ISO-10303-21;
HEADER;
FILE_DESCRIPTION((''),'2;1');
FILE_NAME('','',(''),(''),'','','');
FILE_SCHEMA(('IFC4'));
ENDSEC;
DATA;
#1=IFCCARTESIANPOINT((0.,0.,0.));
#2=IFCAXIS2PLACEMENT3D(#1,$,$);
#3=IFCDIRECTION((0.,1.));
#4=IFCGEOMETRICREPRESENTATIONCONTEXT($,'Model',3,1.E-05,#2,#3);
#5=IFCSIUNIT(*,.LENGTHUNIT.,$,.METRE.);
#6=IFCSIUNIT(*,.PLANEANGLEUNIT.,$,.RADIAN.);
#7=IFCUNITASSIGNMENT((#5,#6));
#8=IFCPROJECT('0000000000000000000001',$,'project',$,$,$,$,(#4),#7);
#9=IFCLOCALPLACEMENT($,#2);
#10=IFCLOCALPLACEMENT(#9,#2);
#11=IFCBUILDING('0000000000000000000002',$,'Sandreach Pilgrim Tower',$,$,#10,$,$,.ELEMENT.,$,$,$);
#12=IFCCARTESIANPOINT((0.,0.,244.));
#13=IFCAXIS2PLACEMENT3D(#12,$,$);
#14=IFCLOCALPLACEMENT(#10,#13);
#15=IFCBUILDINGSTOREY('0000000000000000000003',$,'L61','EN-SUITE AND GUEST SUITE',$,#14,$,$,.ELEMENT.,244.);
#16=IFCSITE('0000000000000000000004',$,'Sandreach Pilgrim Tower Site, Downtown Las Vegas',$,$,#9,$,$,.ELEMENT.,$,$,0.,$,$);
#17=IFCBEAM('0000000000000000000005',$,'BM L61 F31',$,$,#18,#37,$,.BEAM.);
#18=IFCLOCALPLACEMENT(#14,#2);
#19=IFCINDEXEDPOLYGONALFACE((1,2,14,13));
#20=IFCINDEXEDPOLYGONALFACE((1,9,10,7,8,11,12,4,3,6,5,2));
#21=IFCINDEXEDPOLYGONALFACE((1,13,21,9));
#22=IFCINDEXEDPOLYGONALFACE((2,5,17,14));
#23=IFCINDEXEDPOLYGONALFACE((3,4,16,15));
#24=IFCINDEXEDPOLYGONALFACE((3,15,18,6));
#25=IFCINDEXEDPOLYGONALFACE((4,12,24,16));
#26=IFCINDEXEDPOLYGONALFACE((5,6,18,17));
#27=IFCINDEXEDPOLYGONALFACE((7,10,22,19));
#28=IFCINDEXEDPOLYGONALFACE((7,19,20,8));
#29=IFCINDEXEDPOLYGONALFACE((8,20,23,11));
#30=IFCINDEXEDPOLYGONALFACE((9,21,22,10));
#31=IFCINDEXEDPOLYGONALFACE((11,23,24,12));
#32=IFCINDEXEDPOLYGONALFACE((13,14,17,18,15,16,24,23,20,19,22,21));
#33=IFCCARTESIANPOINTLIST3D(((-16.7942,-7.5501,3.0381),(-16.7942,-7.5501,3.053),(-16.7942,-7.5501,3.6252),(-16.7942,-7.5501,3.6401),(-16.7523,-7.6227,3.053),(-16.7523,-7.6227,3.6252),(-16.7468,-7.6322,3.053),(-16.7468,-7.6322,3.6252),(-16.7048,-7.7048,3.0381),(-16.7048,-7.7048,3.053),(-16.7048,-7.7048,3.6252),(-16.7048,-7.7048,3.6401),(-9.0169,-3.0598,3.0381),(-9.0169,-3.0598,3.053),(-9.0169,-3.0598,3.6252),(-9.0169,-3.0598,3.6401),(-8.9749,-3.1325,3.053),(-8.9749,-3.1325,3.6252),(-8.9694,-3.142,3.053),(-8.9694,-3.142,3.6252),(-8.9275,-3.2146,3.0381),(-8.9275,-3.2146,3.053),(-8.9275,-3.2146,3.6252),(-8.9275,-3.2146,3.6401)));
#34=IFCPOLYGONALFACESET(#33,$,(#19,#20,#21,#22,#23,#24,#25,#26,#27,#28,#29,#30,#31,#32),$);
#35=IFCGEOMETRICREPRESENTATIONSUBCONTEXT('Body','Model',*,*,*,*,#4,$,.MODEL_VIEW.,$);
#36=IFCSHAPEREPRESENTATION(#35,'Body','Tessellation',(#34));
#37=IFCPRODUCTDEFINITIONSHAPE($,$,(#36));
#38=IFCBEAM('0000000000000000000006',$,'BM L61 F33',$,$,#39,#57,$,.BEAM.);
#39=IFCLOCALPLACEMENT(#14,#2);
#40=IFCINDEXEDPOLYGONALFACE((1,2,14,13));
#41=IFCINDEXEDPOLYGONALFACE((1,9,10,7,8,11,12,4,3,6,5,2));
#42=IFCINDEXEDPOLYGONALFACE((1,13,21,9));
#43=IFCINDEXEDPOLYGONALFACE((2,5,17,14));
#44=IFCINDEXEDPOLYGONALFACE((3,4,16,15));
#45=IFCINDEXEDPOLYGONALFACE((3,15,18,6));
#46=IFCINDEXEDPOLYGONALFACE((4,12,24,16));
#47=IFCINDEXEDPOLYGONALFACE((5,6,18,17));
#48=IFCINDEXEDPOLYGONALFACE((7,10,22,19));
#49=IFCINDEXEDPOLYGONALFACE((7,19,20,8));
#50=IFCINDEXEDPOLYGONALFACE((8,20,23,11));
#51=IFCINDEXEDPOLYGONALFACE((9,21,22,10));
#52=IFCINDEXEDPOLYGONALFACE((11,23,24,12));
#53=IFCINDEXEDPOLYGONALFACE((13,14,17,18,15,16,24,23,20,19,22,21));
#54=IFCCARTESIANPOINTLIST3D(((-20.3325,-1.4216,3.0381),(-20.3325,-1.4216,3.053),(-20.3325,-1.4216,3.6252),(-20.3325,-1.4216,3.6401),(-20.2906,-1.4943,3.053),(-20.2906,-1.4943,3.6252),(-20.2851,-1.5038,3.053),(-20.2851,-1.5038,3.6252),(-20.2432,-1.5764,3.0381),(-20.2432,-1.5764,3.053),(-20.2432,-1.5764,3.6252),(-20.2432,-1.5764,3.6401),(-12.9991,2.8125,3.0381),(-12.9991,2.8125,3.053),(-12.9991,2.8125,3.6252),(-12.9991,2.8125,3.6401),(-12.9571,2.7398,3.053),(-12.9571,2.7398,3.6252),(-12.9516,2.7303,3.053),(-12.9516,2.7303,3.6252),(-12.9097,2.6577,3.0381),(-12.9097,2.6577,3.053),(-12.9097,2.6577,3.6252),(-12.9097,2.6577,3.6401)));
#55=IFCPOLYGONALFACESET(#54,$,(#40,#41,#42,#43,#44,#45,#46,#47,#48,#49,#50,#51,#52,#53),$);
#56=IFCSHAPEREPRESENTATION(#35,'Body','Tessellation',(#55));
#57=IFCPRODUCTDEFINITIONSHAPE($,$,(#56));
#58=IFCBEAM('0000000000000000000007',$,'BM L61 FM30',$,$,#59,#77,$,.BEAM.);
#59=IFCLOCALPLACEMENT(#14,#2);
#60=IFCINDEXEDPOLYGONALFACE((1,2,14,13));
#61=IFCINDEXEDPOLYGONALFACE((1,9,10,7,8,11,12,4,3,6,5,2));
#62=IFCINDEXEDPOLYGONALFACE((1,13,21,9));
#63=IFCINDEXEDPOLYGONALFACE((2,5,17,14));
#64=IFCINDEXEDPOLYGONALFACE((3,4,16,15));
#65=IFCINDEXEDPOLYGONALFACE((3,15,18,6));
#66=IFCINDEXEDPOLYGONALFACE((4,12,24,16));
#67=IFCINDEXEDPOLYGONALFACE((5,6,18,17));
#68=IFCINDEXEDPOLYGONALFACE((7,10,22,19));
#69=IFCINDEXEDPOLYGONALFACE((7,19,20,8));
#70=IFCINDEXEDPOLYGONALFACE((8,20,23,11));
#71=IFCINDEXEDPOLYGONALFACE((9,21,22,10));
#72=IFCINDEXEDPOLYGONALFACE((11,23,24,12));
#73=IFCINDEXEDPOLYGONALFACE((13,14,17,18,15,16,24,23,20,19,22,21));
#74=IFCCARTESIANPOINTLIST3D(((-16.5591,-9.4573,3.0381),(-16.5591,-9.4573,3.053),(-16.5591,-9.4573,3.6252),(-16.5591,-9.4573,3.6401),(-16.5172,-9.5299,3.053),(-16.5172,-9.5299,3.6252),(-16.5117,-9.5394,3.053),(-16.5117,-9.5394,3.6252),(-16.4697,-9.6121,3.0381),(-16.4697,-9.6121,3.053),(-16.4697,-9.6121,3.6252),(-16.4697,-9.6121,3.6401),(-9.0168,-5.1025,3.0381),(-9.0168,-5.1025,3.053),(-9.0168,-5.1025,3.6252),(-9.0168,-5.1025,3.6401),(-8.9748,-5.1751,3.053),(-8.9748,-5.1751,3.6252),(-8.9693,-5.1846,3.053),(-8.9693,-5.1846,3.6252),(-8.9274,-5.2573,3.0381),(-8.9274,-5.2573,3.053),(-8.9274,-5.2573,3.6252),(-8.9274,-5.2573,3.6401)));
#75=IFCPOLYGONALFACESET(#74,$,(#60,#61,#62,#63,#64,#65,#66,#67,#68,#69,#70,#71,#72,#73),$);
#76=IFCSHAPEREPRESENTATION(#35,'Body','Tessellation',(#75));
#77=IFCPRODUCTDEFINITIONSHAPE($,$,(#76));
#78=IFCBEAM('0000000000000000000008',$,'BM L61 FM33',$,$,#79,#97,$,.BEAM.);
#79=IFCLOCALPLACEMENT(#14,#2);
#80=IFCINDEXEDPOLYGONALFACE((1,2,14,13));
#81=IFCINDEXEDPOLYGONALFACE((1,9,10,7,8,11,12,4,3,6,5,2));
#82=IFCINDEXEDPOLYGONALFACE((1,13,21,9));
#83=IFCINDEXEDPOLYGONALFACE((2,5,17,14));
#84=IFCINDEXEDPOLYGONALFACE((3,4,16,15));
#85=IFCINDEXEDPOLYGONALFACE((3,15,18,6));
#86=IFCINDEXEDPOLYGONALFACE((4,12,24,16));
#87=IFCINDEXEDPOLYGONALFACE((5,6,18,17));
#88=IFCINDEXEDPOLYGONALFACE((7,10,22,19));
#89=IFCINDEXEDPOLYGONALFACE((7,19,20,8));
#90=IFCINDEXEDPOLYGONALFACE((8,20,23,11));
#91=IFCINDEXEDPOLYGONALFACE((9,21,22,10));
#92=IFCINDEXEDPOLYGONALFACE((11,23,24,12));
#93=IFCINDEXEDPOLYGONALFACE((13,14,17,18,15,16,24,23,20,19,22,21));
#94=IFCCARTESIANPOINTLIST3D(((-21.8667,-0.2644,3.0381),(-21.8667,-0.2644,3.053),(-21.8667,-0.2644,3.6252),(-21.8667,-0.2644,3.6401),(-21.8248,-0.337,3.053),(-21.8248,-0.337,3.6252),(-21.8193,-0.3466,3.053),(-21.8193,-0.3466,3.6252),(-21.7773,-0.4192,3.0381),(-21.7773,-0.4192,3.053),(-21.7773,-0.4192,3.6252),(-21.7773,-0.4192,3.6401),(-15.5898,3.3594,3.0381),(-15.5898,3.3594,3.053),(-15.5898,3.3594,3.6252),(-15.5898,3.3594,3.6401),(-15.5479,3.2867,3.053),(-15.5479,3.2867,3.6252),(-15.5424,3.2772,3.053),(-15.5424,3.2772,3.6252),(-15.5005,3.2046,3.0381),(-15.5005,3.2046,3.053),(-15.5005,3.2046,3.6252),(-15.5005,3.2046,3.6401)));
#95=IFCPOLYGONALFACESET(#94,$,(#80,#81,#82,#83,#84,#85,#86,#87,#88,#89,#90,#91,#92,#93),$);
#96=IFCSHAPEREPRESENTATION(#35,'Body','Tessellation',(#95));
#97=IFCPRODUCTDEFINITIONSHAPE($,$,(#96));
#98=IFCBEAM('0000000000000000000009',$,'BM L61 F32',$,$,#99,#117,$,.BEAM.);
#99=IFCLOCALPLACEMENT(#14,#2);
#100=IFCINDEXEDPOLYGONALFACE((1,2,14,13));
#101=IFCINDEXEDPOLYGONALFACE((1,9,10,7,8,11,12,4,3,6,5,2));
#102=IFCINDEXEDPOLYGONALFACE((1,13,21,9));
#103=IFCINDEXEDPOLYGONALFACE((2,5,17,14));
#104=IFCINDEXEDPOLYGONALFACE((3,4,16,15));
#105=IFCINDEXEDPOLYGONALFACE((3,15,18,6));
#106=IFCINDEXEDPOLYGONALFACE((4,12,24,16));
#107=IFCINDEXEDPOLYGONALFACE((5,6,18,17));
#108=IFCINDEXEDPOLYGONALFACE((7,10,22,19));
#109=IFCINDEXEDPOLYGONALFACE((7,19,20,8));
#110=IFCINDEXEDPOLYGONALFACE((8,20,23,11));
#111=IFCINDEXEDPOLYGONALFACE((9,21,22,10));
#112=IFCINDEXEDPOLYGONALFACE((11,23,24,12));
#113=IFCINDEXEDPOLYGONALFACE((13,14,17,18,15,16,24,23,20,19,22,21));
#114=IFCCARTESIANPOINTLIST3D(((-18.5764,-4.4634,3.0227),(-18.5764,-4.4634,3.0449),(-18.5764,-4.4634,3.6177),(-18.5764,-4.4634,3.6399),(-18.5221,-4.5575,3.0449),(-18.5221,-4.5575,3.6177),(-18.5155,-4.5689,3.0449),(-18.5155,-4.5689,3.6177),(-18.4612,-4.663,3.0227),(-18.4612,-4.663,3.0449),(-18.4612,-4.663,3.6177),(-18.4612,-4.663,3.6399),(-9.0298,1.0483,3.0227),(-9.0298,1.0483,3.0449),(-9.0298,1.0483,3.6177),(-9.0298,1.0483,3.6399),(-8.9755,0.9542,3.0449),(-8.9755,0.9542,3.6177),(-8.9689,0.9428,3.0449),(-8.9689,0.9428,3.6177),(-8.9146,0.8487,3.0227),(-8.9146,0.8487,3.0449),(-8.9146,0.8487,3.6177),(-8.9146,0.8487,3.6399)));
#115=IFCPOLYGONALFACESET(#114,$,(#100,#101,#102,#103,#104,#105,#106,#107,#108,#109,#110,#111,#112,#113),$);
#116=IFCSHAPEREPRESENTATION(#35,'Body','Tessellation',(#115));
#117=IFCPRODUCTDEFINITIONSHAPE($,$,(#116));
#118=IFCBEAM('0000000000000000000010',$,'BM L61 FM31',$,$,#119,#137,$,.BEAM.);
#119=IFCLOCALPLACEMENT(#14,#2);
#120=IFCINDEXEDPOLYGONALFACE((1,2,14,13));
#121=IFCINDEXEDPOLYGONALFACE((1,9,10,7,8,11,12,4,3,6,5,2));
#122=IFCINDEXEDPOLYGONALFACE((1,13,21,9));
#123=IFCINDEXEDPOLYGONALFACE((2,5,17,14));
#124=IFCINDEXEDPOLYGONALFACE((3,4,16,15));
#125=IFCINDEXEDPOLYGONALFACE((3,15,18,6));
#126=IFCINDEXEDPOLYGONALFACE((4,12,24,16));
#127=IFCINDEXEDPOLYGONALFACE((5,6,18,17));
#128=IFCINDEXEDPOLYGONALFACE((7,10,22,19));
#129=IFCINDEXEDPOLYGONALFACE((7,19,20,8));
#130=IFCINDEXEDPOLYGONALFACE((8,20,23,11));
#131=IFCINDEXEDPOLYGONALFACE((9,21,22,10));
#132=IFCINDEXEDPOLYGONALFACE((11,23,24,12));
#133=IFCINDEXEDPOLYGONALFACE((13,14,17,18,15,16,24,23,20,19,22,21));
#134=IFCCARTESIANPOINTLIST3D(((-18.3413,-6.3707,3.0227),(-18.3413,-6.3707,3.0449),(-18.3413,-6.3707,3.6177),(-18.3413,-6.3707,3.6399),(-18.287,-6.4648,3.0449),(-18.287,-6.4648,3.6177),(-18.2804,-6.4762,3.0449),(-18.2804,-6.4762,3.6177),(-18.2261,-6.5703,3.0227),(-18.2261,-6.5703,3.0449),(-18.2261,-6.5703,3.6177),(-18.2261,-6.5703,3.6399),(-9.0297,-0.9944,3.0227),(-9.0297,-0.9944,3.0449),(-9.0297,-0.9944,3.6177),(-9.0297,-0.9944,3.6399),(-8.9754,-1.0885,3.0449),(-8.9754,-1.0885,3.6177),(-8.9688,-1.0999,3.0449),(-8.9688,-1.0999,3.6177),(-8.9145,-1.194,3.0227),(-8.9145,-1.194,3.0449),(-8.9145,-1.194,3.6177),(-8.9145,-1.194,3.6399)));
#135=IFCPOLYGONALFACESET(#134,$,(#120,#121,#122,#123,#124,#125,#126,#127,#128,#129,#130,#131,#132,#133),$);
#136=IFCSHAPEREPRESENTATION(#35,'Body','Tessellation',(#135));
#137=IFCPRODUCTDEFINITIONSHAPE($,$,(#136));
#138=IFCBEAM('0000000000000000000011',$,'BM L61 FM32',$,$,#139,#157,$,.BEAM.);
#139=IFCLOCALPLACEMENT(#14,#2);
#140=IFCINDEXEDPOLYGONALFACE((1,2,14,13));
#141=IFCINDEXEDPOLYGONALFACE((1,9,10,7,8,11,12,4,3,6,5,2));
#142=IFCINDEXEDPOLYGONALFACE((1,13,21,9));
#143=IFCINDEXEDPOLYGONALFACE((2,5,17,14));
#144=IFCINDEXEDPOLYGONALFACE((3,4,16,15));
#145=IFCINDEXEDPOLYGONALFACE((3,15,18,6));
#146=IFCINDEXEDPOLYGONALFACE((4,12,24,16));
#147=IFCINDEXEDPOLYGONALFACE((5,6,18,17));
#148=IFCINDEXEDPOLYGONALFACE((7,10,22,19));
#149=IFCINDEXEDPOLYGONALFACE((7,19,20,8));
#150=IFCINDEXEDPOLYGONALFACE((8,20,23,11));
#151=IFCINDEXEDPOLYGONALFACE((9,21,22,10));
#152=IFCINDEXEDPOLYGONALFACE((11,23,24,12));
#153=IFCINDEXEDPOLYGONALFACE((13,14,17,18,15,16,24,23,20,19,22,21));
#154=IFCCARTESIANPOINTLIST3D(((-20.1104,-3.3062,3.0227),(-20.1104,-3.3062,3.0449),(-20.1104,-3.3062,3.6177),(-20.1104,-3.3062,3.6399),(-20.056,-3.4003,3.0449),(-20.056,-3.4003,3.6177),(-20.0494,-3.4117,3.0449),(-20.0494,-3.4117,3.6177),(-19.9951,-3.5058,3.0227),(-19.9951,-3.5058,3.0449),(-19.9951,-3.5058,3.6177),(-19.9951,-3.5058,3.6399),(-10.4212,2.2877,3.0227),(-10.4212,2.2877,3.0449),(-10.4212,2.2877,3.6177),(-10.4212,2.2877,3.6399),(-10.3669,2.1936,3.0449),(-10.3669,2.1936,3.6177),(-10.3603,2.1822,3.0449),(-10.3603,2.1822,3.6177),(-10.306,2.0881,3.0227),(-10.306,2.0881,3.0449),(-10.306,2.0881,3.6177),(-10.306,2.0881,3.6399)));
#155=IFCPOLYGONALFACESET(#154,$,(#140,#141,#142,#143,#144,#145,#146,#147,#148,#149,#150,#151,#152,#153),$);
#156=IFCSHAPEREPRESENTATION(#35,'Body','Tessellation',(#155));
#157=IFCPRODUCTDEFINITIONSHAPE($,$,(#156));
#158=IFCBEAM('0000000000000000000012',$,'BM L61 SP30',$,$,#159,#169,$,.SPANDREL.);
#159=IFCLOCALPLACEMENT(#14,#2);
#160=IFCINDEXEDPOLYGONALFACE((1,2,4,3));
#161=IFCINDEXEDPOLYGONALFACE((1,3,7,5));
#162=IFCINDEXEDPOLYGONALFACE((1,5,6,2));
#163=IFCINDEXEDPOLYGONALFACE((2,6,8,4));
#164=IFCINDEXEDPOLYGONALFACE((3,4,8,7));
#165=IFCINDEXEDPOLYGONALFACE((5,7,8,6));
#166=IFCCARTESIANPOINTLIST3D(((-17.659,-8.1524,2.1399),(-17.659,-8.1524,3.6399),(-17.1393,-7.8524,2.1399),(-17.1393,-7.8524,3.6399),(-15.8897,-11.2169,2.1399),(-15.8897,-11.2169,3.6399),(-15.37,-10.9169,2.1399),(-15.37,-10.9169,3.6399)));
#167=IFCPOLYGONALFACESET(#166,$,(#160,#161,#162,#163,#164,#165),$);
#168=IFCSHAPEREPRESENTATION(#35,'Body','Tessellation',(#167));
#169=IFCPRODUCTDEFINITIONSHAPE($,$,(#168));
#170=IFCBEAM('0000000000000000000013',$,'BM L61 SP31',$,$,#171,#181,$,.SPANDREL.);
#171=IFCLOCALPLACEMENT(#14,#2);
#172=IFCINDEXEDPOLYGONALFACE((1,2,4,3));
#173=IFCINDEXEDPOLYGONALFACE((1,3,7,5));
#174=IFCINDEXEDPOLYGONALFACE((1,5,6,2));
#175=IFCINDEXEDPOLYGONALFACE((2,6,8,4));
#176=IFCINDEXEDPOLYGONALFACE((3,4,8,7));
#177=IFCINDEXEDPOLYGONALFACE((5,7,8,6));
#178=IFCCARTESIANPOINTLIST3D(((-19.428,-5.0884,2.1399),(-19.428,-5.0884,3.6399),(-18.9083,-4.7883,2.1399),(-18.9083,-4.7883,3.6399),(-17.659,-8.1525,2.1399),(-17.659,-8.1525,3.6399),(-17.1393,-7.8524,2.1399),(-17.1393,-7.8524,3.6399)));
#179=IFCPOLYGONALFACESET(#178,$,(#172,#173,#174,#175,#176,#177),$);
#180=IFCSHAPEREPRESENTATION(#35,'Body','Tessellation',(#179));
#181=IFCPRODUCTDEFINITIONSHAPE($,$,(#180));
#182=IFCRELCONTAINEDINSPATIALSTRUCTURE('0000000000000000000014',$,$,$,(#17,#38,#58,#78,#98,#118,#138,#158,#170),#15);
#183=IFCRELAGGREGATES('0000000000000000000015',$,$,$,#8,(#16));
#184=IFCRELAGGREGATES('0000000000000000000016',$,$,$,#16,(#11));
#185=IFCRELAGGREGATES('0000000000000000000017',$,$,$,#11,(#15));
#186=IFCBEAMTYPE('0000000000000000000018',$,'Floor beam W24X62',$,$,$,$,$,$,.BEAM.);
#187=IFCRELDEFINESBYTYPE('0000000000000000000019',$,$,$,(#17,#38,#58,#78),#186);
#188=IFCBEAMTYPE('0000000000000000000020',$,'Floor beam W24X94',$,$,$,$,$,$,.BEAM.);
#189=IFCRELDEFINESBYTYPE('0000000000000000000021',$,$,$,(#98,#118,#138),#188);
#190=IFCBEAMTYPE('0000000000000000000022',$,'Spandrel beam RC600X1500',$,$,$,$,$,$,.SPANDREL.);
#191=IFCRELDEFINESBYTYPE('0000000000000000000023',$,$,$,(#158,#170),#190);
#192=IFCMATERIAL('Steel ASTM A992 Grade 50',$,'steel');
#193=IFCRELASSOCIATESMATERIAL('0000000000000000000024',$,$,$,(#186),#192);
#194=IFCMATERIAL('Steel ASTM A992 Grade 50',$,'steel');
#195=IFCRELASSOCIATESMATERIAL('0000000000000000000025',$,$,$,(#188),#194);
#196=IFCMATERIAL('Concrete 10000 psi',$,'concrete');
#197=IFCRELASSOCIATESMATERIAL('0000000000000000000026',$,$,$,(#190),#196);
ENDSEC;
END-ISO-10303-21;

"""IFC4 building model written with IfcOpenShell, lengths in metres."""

from ifc_helpers import new_model, si_unit, direction, frame, origin, origin_2d, place, context, subcontext, project, spatial, rectangle, i_section, extrude, material, material_profile, profile_set, type_object, element, save


model = new_model("IFC4")

# Units and contexts
model_context = context("Model", 3, precision=1e-05, world=origin(), true_north=direction((0.0, 1.0)))
body_context = subcontext(model_context, "Body", "Model", "MODEL_VIEW")
ifc_project = project(units=[si_unit("LENGTHUNIT", "METRE"), si_unit("PLANEANGLEUNIT", "RADIAN")], contexts=[model_context])

# Site, building, storey
site_placement = place(None, origin())
site = spatial("IfcSite", under=ifc_project, at=site_placement, Name="Sandreach Pilgrim Tower Site, Downtown Las Vegas", CompositionType="ELEMENT", RefElevation=0.0)
building_placement = place(site_placement, origin())
building = spatial("IfcBuilding", under=site, at=building_placement, Name="Sandreach Pilgrim Tower", CompositionType="ELEMENT")
storey_placement = place(building_placement, frame((0.0, 0.0, 244.0)))
storey = spatial("IfcBuildingStorey", under=building, at=storey_placement, Name="L61", Description="EN-SUITE AND GUEST SUITE", CompositionType="ELEMENT", Elevation=244.0)

# Beams
ifc_material_1 = material(Name="Steel ASTM A992 Grade 50", Category="steel")
ifc_material_profile_1 = material_profile(ifc_material_1, i_section(OverallWidth=0.1787, OverallDepth=0.6021, WebThickness=0.011, FlangeThickness=0.0149, at=origin_2d()), Name="W24X62")
ifc_profile_set_1 = profile_set([ifc_material_profile_1], Name="Steel ASTM A992 Grade 50")
beam_type_1 = type_object("IfcBeamType", Name="Floor beam W24X62", PredefinedType="BEAM", material=ifc_profile_set_1)
beam_1_placement = place(storey_placement, frame((-16.7495, -7.6274, 3.3391), z_axis=(0.866026, 0.499999, 0.0), x_axis=(-0.499999, 0.866026, 0.0)))
element("IfcBeam", 1, at=beam_1_placement, inside=storey, type_object=beam_type_1, Name="BM L61 F31", PredefinedType="BEAM", context=body_context, shape_type="SweptSolid", body=[
    extrude(i_section(OverallWidth=0.1787, OverallDepth=0.6021, WebThickness=0.011, FlangeThickness=0.0149, at=origin_2d()), origin(), (0.0, 0.0, 1.0), 8.9805),
])
beam_2_placement = place(storey_placement, frame((-20.2878, -1.499, 3.3391), z_axis=(0.866019, 0.500012, 0.0), x_axis=(-0.500012, 0.866019, 0.0)))
element("IfcBeam", 2, at=beam_2_placement, inside=storey, type_object=beam_type_1, Name="BM L61 F33", PredefinedType="BEAM", context=body_context, shape_type="SweptSolid", body=[
    extrude(i_section(OverallWidth=0.1787, OverallDepth=0.6021, WebThickness=0.011, FlangeThickness=0.0149, at=origin_2d()), origin(), (0.0, 0.0, 1.0), 8.468),
])
beam_3_placement = place(storey_placement, frame((-16.5144, -9.5347, 3.3391), z_axis=(0.866014, 0.500019, 0.0), x_axis=(-0.500019, 0.866014, 0.0)))
element("IfcBeam", 3, at=beam_3_placement, inside=storey, type_object=beam_type_1, Name="BM L61 FM30", PredefinedType="BEAM", context=body_context, shape_type="SweptSolid", body=[
    extrude(i_section(OverallWidth=0.1787, OverallDepth=0.6021, WebThickness=0.011, FlangeThickness=0.0149, at=origin_2d()), origin(), (0.0, 0.0, 1.0), 8.7092),
])
beam_4_placement = place(storey_placement, frame((-21.822, -0.3418, 3.3391), z_axis=(0.866035, 0.499983, 0.0), x_axis=(-0.499983, 0.866035, 0.0)))
element("IfcBeam", 4, at=beam_4_placement, inside=storey, type_object=beam_type_1, Name="BM L61 FM33", PredefinedType="BEAM", context=body_context, shape_type="SweptSolid", body=[
    extrude(i_section(OverallWidth=0.1787, OverallDepth=0.6021, WebThickness=0.011, FlangeThickness=0.0149, at=origin_2d()), origin(), (0.0, 0.0, 1.0), 7.2478),
])
ifc_material_2 = material(Name="Steel ASTM A992 Grade 50", Category="steel")
ifc_material_profile_2 = material_profile(ifc_material_2, i_section(OverallWidth=0.2305, OverallDepth=0.6172, WebThickness=0.0132, FlangeThickness=0.0222, at=origin_2d()), Name="W24X94")
ifc_profile_set_2 = profile_set([ifc_material_profile_2], Name="Steel ASTM A992 Grade 50")
beam_type_2 = type_object("IfcBeamType", Name="Floor beam W24X94", PredefinedType="BEAM", material=ifc_profile_set_2)
beam_5_placement = place(storey_placement, frame((-18.5188, -4.5632, 3.3313), z_axis=(0.866027, 0.499998, 0.0), x_axis=(-0.499998, 0.866027, 0.0)))
element("IfcBeam", 5, at=beam_5_placement, inside=storey, type_object=beam_type_2, Name="BM L61 F32", PredefinedType="BEAM", context=body_context, shape_type="SweptSolid", body=[
    extrude(i_section(OverallWidth=0.2305, OverallDepth=0.6172, WebThickness=0.0132, FlangeThickness=0.0222, at=origin_2d()), origin(), (0.0, 0.0, 1.0), 11.0234),
])
beam_6_placement = place(storey_placement, frame((-18.2837, -6.4705, 3.3313), z_axis=(0.866017, 0.500015, 0.0), x_axis=(-0.500015, 0.866017, 0.0)))
element("IfcBeam", 6, at=beam_6_placement, inside=storey, type_object=beam_type_2, Name="BM L61 FM31", PredefinedType="BEAM", context=body_context, shape_type="SweptSolid", body=[
    extrude(i_section(OverallWidth=0.2305, OverallDepth=0.6172, WebThickness=0.0132, FlangeThickness=0.0222, at=origin_2d()), origin(), (0.0, 0.0, 1.0), 10.7522),
])
beam_7_placement = place(storey_placement, frame((-20.0527, -3.406, 3.3313), z_axis=(0.866028, 0.499995, 0.0), x_axis=(-0.499995, 0.866028, 0.0)))
element("IfcBeam", 7, at=beam_7_placement, inside=storey, type_object=beam_type_2, Name="BM L61 FM32", PredefinedType="BEAM", context=body_context, shape_type="SweptSolid", body=[
    extrude(i_section(OverallWidth=0.2305, OverallDepth=0.6172, WebThickness=0.0132, FlangeThickness=0.0222, at=origin_2d()), origin(), (0.0, 0.0, 1.0), 11.188),
])
ifc_material_3 = material(Name="Concrete 10000 psi", Category="concrete")
ifc_material_profile_3 = material_profile(ifc_material_3, rectangle(XDim=0.6001, YDim=1.5, at=origin_2d()), Name="RC600X1500")
ifc_profile_set_3 = profile_set([ifc_material_profile_3], Name="Concrete 10000 psi")
beam_type_3 = type_object("IfcBeamType", Name="Spandrel beam RC600X1500", PredefinedType="SPANDREL", material=ifc_profile_set_3)
beam_8_placement = place(storey_placement, frame((-15.6299, -11.0669, 2.8899), z_axis=(-0.500005, 0.866022, 0.0), x_axis=(-0.866022, -0.500005, 0.0)))
element("IfcBeam", 8, at=beam_8_placement, inside=storey, type_object=beam_type_3, Name="BM L61 SP30", PredefinedType="SPANDREL", context=body_context, shape_type="SweptSolid", body=[
    extrude(rectangle(XDim=0.6001, YDim=1.5, at=origin_2d()), origin(), (0.0, 0.0, 1.0), 3.5386),
])
beam_9_placement = place(storey_placement, frame((-17.3992, -8.0024, 2.8899), z_axis=(-0.499983, 0.866035, 0.0), x_axis=(-0.866035, -0.499983, 0.0)))
element("IfcBeam", 9, at=beam_9_placement, inside=storey, type_object=beam_type_3, Name="BM L61 SP31", PredefinedType="SPANDREL", context=body_context, shape_type="SweptSolid", body=[
    extrude(rectangle(XDim=0.6001, YDim=1.5, at=origin_2d()), origin(), (0.0, 0.0, 1.0), 3.5381),
])

save(model, "model.ifc")
